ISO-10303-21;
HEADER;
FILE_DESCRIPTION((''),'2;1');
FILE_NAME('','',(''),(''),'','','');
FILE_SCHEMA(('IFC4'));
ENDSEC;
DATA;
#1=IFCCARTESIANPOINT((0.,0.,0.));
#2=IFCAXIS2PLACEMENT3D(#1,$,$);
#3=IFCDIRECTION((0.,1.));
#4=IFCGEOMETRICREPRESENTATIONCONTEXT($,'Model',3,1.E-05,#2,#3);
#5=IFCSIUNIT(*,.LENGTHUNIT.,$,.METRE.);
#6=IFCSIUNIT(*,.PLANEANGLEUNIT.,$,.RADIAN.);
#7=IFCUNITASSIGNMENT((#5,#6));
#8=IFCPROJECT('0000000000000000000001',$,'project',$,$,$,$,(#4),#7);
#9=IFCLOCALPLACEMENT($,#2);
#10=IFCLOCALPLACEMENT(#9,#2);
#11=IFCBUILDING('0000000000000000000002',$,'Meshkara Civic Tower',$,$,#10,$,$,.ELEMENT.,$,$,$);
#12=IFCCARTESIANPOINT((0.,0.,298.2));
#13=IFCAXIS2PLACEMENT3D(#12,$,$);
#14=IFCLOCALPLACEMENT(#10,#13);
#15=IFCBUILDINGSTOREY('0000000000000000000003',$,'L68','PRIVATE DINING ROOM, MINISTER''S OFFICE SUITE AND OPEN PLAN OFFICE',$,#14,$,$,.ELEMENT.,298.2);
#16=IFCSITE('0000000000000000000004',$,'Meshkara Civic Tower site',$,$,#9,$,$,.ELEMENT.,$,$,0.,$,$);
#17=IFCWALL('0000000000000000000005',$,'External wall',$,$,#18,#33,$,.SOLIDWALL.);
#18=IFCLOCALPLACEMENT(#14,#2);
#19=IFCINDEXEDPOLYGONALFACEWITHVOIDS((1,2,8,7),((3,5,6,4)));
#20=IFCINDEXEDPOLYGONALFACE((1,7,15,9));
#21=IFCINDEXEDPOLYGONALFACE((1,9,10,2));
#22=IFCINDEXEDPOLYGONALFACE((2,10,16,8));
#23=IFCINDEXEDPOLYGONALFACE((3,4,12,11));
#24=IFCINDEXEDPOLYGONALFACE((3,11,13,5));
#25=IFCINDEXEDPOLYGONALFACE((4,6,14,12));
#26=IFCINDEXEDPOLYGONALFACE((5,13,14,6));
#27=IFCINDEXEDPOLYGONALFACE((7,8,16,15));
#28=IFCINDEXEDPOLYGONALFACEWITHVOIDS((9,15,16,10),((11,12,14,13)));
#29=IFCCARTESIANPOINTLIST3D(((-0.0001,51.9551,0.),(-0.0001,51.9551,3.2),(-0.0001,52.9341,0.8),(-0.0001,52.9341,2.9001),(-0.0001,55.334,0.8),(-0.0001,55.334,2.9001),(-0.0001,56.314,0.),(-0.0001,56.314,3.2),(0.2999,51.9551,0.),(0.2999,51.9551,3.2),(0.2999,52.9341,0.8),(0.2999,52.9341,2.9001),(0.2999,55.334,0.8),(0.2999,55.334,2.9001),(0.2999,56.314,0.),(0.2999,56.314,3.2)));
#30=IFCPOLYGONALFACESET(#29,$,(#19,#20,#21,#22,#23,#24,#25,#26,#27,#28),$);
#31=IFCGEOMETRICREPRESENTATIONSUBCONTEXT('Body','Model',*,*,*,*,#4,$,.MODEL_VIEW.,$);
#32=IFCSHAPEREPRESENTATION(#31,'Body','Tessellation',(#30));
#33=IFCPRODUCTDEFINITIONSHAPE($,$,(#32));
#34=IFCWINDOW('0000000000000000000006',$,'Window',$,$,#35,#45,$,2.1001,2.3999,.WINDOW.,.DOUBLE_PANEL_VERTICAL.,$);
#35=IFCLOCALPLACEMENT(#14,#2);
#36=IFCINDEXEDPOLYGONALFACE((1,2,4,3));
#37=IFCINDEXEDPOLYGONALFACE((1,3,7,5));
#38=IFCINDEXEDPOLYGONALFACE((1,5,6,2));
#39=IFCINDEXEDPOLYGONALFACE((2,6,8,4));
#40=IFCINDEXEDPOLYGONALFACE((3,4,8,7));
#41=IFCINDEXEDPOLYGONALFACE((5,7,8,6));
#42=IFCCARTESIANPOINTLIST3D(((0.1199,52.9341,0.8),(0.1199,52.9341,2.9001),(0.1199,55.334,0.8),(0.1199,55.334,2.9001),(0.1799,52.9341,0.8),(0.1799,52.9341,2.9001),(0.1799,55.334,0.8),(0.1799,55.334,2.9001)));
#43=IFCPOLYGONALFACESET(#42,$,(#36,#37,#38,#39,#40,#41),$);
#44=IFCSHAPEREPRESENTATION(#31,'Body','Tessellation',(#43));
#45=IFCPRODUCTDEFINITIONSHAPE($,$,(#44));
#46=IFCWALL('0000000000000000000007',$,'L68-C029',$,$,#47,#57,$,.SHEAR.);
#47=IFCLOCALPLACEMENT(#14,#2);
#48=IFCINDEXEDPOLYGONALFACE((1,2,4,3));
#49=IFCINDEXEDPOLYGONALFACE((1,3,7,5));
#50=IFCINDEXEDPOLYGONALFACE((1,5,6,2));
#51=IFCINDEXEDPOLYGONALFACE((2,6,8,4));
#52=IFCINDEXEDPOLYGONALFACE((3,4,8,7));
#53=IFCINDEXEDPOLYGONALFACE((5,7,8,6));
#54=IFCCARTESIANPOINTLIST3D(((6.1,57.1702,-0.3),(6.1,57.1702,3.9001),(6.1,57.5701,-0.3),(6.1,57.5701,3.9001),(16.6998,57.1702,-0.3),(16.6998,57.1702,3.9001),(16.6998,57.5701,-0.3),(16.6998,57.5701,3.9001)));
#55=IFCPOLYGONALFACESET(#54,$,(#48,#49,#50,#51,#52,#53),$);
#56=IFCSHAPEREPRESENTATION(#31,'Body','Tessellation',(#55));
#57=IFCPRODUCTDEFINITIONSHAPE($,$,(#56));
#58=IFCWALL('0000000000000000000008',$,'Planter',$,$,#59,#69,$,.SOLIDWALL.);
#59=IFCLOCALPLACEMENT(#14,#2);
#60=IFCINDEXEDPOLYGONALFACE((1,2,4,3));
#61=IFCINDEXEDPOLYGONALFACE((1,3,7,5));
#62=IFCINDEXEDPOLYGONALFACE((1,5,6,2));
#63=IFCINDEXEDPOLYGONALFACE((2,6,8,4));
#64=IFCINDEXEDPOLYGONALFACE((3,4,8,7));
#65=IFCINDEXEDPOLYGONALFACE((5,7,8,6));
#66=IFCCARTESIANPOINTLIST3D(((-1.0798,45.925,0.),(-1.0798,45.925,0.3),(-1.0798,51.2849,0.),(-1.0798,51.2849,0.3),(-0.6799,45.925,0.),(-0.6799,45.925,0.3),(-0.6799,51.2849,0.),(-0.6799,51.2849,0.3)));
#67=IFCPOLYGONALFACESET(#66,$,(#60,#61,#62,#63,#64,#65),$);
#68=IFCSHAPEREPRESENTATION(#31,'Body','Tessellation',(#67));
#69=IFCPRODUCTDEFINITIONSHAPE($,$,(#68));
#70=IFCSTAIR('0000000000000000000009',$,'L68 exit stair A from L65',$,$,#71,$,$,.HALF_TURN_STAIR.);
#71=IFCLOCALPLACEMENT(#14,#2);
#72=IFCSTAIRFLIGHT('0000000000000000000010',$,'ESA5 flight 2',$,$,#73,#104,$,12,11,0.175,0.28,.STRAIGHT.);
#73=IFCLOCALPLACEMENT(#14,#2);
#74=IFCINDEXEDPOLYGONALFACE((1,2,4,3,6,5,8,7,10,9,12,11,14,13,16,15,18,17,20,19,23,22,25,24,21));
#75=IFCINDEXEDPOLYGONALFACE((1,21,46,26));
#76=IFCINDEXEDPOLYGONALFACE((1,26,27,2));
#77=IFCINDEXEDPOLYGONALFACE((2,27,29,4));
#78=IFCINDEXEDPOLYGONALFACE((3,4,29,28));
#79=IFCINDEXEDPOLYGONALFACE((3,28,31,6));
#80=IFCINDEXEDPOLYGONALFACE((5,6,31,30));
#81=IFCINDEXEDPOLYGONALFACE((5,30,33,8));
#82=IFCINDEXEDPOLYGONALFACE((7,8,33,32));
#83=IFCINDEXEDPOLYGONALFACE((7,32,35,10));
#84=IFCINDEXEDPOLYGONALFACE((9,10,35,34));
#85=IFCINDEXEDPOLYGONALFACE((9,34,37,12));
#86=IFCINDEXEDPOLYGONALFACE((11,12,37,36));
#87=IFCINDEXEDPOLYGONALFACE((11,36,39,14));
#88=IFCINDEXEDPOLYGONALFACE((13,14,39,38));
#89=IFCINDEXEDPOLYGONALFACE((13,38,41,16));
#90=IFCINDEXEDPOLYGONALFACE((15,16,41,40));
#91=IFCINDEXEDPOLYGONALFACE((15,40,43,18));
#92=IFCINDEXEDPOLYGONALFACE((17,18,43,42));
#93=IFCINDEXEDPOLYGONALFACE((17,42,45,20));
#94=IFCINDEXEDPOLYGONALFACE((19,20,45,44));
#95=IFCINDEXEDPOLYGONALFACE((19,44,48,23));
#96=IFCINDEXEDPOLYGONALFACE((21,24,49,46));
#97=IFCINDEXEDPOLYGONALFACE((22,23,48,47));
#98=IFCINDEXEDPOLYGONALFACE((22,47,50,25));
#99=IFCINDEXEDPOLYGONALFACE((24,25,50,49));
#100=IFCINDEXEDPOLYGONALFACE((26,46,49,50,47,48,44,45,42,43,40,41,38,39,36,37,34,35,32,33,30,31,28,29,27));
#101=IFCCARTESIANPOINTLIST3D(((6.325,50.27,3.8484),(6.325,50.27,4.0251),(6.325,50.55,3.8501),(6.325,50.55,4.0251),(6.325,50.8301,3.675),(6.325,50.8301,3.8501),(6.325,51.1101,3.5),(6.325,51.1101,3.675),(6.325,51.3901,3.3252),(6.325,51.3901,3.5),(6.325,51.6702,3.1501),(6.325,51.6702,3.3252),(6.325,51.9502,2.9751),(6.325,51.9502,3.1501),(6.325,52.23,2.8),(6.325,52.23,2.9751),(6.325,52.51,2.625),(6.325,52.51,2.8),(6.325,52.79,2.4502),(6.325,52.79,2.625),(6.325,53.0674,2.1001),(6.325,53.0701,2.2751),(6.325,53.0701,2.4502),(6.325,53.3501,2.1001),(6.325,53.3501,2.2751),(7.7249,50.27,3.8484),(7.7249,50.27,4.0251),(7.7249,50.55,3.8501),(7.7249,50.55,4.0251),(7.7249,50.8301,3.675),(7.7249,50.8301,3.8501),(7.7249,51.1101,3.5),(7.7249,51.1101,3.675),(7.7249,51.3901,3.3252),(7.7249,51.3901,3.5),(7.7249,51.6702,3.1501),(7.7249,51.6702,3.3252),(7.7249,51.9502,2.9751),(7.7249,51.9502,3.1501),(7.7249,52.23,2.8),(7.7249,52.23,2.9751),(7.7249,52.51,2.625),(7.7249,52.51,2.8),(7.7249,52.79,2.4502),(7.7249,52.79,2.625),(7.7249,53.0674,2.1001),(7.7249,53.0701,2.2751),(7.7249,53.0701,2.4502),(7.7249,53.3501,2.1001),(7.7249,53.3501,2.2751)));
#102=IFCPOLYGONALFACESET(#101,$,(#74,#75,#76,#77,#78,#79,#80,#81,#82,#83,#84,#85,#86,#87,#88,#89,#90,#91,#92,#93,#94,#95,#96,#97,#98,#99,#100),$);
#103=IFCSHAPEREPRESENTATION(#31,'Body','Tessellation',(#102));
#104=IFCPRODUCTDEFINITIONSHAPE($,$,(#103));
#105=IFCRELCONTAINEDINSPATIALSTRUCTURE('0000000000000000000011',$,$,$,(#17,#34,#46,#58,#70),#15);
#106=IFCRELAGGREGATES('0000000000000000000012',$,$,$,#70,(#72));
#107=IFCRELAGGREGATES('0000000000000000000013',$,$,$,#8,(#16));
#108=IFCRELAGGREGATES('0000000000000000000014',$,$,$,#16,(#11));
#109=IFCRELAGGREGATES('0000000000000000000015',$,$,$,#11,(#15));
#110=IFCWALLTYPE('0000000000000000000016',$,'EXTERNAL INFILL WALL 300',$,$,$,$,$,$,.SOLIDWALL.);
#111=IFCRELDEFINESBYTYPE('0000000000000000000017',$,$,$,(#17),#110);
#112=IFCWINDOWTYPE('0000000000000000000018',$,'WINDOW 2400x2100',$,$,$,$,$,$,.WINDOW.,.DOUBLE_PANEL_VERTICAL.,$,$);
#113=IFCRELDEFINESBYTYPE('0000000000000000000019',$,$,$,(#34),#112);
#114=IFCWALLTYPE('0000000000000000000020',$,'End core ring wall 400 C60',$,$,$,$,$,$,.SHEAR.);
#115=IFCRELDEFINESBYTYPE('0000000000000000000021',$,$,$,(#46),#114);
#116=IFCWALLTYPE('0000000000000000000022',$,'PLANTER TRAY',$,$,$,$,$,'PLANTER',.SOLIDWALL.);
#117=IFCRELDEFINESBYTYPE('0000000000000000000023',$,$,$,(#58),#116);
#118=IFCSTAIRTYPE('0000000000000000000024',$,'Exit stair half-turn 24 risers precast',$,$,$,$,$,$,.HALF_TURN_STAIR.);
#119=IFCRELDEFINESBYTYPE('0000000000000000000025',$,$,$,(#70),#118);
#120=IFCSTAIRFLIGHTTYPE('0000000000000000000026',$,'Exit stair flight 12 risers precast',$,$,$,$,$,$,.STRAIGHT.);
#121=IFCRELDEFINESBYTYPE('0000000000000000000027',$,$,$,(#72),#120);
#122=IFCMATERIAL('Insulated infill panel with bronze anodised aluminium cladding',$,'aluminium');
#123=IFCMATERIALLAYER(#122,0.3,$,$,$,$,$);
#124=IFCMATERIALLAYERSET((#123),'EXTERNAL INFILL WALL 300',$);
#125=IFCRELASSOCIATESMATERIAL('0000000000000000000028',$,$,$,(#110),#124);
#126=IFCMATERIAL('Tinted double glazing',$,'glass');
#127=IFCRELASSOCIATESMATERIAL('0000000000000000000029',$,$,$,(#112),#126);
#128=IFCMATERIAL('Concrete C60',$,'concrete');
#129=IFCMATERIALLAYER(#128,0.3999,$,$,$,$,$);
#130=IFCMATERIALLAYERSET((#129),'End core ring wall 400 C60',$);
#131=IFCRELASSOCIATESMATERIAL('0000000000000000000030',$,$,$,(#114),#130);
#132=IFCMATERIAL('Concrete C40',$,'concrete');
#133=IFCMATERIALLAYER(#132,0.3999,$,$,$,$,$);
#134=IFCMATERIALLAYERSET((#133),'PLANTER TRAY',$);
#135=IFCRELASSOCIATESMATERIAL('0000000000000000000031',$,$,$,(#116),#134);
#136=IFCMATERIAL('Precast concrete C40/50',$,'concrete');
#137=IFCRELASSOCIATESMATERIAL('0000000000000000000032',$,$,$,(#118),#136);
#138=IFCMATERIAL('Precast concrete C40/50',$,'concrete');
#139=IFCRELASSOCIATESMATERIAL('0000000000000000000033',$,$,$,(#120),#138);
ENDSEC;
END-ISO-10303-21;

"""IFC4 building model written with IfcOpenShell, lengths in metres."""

from ifc_helpers import new_model, si_unit, direction, frame, frame_2d, origin, place, context, subcontext, project, spatial, polyline, rectangle, outline, extrude, material, layer, layer_set, type_object, element, fill, aggregate, save


model = new_model("IFC4")

# Units and contexts
model_context = context("Model", 3, precision=1e-05, world=origin(), true_north=direction((0.0, 1.0)))
body_context = subcontext(model_context, "Body", "Model", "MODEL_VIEW")
ifc_project = project(units=[si_unit("LENGTHUNIT", "METRE"), si_unit("PLANEANGLEUNIT", "RADIAN")], contexts=[model_context])

# Site, building, storey
site_placement = place(None, origin())
site = spatial("IfcSite", under=ifc_project, at=site_placement, Name="Meshkara Civic Tower site", CompositionType="ELEMENT", RefElevation=0.0)
building_placement = place(site_placement, origin())
building = spatial("IfcBuilding", under=site, at=building_placement, Name="Meshkara Civic Tower", CompositionType="ELEMENT")
storey_placement = place(building_placement, frame((0.0, 0.0, 298.2)))
storey = spatial("IfcBuildingStorey", under=building, at=storey_placement, Name="L68", Description="PRIVATE DINING ROOM, MINISTER'S OFFICE SUITE AND OPEN PLAN OFFICE", CompositionType="ELEMENT", Elevation=298.2)

# Wall, opening, window
ifc_material_1 = material(Name="Insulated infill panel with bronze anodised aluminium cladding", Category="aluminium")
ifc_layer_1 = layer(ifc_material_1, 0.3)
ifc_layer_set_1 = layer_set([ifc_layer_1], Name="EXTERNAL INFILL WALL 300")
wall_type_1 = type_object("IfcWallType", Name="EXTERNAL INFILL WALL 300", PredefinedType="SOLIDWALL", material=ifc_layer_set_1)
ifc_material_2 = material(Name="Tinted double glazing", Category="glass")
window_type = type_object("IfcWindowType", Name="WINDOW 2400x2100", PartitioningType="DOUBLE_PANEL_VERTICAL", PredefinedType="WINDOW", material=ifc_material_2)
wall_1_placement = place(storey_placement, frame((0.1499, 56.314, 0.0), z_axis=(0.0, 0.0, 1.0), x_axis=(0.0, -1.0, 0.0)))
wall_1 = element("IfcWall", 1, at=wall_1_placement, inside=storey, type_object=wall_type_1, Name="External wall", PredefinedType="SOLIDWALL", context=body_context, shape_type="SweptSolid", body=[
    extrude(rectangle(XDim=4.3589, YDim=0.3, at=frame_2d((2.1794, 0.0))), origin(), (0.0, 0.0, 1.0), 3.2),
])
opening_1_placement = place(wall_1_placement, frame((0.98, 0.0, 0.8)))
opening_1 = element("IfcOpeningElement", 2, at=opening_1_placement, cuts=wall_1, PredefinedType="OPENING", context=body_context, shape_type="SweptSolid", body=[
    extrude(rectangle(XDim=2.3999, YDim=2.1001, at=frame_2d((1.2, 1.05))), frame((0.0, 0.1599, 0.0), z_axis=(0.0, -1.0, 0.0), x_axis=(1.0, 0.0, 0.0)), (0.0, 0.0, 1.0), 0.3201),
])
window_1_placement = place(opening_1_placement, origin())
window_1 = element("IfcWindow", 3, at=window_1_placement, inside=storey, type_object=window_type, Name="Window", OverallHeight=2.1001, OverallWidth=2.3999, PartitioningType="DOUBLE_PANEL_VERTICAL", PredefinedType="WINDOW", context=body_context, shape_type="SweptSolid", body=[
    extrude(rectangle(XDim=2.3999, YDim=2.1001, at=frame_2d((1.2, 1.05))), frame((0.0, 0.03, 0.0), z_axis=(0.0, -1.0, 0.0), x_axis=(1.0, 0.0, 0.0)), (0.0, 0.0, 1.0), 0.0601),
])
fill(opening_1, window_1)

# Wall
ifc_material_3 = material(Name="Concrete C60", Category="concrete")
ifc_layer_2 = layer(ifc_material_3, 0.3999)
ifc_layer_set_2 = layer_set([ifc_layer_2], Name="End core ring wall 400 C60")
wall_type_2 = type_object("IfcWallType", Name="End core ring wall 400 C60", PredefinedType="SHEAR", material=ifc_layer_set_2)
wall_2_placement = place(storey_placement, frame((6.1001, 57.3701, -0.3), z_axis=(0.0, 0.0, 1.0), x_axis=(1.0, 0.0, 0.0)))
element("IfcWall", 4, at=wall_2_placement, inside=storey, type_object=wall_type_2, Name="L68-C029", PredefinedType="SHEAR", context=body_context, shape_type="SweptSolid", body=[
    extrude(rectangle(XDim=10.5999, YDim=0.3999, at=frame_2d((5.2998, 0.0))), origin(), (0.0, 0.0, 1.0), 4.2002),
])

# Wall
ifc_material_4 = material(Name="Concrete C40", Category="concrete")
ifc_layer_3 = layer(ifc_material_4, 0.3999)
ifc_layer_set_3 = layer_set([ifc_layer_3], Name="PLANTER TRAY")
wall_type_3 = type_object("IfcWallType", Name="PLANTER TRAY", ElementType="PLANTER", PredefinedType="SOLIDWALL", material=ifc_layer_set_3)
wall_3_placement = place(storey_placement, frame((-0.8799, 51.2849, 0.0), z_axis=(0.0, 0.0, 1.0), x_axis=(0.0, -1.0, 0.0)))
element("IfcWall", 5, at=wall_3_placement, inside=storey, type_object=wall_type_3, Name="Planter", PredefinedType="SOLIDWALL", context=body_context, shape_type="SweptSolid", body=[
    extrude(rectangle(XDim=5.3599, YDim=0.3999, at=frame_2d((2.6799, 0.0))), origin(), (0.0, 0.0, 1.0), 0.3),
])

# Stair, stair flight
ifc_material_5 = material(Name="Precast concrete C40/50", Category="concrete")
stair_type = type_object("IfcStairType", Name="Exit stair half-turn 24 risers precast", PredefinedType="HALF_TURN_STAIR", material=ifc_material_5)
stair_placement = place(storey_placement, origin())
stair = element("IfcStair", 6, at=stair_placement, inside=storey, type_object=stair_type, Name="L68 exit stair A from L65", PredefinedType="HALF_TURN_STAIR")
ifc_material_6 = material(Name="Precast concrete C40/50", Category="concrete")
stair_flight_type = type_object("IfcStairFlightType", Name="Exit stair flight 12 risers precast", PredefinedType="STRAIGHT", material=ifc_material_6)
stair_flight_placement = place(storey_placement, frame((7.0249, 53.3501, 2.1001), z_axis=(0.0, 0.0, 1.0), x_axis=(0.0, -1.0, 0.0)))
stair_flight = element("IfcStairFlight", 7, at=stair_flight_placement, type_object=stair_flight_type, Name="ESA5 flight 2", NumberOfRisers=12, NumberOfTreads=11, PredefinedType="STRAIGHT", RiserHeight=0.175, TreadLength=0.28, context=body_context, shape_type="SweptSolid", body=[
    extrude(outline(polyline([(0.0, 0.0), (0.0, 0.175), (0.28, 0.175), (0.28, 0.3501), (0.5601, 0.3501), (0.5601, 0.5249), (0.8401, 0.5249), (0.8401, 0.7), (1.1201, 0.7), (1.1201, 0.875), (1.3999, 0.875), (1.3999, 1.05), (1.6799, 1.05), (1.6799, 1.2251), (1.96, 1.2251), (1.96, 1.3999), (2.24, 1.3999), (2.24, 1.575), (2.52, 1.575), (2.52, 1.75), (2.8, 1.75), (2.8, 1.925), (3.0801, 1.925), (3.0801, 2.1001), (3.0801, 1.7483), (0.2827, 0.0), (0.0, 0.0)])), frame((0.0, 0.7, 0.0), z_axis=(0.0, -1.0, 0.0), x_axis=(1.0, 0.0, 0.0)), (0.0, 0.0, 1.0), 1.3999),
])
aggregate(stair, [stair_flight])

save(model, "model.ifc")
